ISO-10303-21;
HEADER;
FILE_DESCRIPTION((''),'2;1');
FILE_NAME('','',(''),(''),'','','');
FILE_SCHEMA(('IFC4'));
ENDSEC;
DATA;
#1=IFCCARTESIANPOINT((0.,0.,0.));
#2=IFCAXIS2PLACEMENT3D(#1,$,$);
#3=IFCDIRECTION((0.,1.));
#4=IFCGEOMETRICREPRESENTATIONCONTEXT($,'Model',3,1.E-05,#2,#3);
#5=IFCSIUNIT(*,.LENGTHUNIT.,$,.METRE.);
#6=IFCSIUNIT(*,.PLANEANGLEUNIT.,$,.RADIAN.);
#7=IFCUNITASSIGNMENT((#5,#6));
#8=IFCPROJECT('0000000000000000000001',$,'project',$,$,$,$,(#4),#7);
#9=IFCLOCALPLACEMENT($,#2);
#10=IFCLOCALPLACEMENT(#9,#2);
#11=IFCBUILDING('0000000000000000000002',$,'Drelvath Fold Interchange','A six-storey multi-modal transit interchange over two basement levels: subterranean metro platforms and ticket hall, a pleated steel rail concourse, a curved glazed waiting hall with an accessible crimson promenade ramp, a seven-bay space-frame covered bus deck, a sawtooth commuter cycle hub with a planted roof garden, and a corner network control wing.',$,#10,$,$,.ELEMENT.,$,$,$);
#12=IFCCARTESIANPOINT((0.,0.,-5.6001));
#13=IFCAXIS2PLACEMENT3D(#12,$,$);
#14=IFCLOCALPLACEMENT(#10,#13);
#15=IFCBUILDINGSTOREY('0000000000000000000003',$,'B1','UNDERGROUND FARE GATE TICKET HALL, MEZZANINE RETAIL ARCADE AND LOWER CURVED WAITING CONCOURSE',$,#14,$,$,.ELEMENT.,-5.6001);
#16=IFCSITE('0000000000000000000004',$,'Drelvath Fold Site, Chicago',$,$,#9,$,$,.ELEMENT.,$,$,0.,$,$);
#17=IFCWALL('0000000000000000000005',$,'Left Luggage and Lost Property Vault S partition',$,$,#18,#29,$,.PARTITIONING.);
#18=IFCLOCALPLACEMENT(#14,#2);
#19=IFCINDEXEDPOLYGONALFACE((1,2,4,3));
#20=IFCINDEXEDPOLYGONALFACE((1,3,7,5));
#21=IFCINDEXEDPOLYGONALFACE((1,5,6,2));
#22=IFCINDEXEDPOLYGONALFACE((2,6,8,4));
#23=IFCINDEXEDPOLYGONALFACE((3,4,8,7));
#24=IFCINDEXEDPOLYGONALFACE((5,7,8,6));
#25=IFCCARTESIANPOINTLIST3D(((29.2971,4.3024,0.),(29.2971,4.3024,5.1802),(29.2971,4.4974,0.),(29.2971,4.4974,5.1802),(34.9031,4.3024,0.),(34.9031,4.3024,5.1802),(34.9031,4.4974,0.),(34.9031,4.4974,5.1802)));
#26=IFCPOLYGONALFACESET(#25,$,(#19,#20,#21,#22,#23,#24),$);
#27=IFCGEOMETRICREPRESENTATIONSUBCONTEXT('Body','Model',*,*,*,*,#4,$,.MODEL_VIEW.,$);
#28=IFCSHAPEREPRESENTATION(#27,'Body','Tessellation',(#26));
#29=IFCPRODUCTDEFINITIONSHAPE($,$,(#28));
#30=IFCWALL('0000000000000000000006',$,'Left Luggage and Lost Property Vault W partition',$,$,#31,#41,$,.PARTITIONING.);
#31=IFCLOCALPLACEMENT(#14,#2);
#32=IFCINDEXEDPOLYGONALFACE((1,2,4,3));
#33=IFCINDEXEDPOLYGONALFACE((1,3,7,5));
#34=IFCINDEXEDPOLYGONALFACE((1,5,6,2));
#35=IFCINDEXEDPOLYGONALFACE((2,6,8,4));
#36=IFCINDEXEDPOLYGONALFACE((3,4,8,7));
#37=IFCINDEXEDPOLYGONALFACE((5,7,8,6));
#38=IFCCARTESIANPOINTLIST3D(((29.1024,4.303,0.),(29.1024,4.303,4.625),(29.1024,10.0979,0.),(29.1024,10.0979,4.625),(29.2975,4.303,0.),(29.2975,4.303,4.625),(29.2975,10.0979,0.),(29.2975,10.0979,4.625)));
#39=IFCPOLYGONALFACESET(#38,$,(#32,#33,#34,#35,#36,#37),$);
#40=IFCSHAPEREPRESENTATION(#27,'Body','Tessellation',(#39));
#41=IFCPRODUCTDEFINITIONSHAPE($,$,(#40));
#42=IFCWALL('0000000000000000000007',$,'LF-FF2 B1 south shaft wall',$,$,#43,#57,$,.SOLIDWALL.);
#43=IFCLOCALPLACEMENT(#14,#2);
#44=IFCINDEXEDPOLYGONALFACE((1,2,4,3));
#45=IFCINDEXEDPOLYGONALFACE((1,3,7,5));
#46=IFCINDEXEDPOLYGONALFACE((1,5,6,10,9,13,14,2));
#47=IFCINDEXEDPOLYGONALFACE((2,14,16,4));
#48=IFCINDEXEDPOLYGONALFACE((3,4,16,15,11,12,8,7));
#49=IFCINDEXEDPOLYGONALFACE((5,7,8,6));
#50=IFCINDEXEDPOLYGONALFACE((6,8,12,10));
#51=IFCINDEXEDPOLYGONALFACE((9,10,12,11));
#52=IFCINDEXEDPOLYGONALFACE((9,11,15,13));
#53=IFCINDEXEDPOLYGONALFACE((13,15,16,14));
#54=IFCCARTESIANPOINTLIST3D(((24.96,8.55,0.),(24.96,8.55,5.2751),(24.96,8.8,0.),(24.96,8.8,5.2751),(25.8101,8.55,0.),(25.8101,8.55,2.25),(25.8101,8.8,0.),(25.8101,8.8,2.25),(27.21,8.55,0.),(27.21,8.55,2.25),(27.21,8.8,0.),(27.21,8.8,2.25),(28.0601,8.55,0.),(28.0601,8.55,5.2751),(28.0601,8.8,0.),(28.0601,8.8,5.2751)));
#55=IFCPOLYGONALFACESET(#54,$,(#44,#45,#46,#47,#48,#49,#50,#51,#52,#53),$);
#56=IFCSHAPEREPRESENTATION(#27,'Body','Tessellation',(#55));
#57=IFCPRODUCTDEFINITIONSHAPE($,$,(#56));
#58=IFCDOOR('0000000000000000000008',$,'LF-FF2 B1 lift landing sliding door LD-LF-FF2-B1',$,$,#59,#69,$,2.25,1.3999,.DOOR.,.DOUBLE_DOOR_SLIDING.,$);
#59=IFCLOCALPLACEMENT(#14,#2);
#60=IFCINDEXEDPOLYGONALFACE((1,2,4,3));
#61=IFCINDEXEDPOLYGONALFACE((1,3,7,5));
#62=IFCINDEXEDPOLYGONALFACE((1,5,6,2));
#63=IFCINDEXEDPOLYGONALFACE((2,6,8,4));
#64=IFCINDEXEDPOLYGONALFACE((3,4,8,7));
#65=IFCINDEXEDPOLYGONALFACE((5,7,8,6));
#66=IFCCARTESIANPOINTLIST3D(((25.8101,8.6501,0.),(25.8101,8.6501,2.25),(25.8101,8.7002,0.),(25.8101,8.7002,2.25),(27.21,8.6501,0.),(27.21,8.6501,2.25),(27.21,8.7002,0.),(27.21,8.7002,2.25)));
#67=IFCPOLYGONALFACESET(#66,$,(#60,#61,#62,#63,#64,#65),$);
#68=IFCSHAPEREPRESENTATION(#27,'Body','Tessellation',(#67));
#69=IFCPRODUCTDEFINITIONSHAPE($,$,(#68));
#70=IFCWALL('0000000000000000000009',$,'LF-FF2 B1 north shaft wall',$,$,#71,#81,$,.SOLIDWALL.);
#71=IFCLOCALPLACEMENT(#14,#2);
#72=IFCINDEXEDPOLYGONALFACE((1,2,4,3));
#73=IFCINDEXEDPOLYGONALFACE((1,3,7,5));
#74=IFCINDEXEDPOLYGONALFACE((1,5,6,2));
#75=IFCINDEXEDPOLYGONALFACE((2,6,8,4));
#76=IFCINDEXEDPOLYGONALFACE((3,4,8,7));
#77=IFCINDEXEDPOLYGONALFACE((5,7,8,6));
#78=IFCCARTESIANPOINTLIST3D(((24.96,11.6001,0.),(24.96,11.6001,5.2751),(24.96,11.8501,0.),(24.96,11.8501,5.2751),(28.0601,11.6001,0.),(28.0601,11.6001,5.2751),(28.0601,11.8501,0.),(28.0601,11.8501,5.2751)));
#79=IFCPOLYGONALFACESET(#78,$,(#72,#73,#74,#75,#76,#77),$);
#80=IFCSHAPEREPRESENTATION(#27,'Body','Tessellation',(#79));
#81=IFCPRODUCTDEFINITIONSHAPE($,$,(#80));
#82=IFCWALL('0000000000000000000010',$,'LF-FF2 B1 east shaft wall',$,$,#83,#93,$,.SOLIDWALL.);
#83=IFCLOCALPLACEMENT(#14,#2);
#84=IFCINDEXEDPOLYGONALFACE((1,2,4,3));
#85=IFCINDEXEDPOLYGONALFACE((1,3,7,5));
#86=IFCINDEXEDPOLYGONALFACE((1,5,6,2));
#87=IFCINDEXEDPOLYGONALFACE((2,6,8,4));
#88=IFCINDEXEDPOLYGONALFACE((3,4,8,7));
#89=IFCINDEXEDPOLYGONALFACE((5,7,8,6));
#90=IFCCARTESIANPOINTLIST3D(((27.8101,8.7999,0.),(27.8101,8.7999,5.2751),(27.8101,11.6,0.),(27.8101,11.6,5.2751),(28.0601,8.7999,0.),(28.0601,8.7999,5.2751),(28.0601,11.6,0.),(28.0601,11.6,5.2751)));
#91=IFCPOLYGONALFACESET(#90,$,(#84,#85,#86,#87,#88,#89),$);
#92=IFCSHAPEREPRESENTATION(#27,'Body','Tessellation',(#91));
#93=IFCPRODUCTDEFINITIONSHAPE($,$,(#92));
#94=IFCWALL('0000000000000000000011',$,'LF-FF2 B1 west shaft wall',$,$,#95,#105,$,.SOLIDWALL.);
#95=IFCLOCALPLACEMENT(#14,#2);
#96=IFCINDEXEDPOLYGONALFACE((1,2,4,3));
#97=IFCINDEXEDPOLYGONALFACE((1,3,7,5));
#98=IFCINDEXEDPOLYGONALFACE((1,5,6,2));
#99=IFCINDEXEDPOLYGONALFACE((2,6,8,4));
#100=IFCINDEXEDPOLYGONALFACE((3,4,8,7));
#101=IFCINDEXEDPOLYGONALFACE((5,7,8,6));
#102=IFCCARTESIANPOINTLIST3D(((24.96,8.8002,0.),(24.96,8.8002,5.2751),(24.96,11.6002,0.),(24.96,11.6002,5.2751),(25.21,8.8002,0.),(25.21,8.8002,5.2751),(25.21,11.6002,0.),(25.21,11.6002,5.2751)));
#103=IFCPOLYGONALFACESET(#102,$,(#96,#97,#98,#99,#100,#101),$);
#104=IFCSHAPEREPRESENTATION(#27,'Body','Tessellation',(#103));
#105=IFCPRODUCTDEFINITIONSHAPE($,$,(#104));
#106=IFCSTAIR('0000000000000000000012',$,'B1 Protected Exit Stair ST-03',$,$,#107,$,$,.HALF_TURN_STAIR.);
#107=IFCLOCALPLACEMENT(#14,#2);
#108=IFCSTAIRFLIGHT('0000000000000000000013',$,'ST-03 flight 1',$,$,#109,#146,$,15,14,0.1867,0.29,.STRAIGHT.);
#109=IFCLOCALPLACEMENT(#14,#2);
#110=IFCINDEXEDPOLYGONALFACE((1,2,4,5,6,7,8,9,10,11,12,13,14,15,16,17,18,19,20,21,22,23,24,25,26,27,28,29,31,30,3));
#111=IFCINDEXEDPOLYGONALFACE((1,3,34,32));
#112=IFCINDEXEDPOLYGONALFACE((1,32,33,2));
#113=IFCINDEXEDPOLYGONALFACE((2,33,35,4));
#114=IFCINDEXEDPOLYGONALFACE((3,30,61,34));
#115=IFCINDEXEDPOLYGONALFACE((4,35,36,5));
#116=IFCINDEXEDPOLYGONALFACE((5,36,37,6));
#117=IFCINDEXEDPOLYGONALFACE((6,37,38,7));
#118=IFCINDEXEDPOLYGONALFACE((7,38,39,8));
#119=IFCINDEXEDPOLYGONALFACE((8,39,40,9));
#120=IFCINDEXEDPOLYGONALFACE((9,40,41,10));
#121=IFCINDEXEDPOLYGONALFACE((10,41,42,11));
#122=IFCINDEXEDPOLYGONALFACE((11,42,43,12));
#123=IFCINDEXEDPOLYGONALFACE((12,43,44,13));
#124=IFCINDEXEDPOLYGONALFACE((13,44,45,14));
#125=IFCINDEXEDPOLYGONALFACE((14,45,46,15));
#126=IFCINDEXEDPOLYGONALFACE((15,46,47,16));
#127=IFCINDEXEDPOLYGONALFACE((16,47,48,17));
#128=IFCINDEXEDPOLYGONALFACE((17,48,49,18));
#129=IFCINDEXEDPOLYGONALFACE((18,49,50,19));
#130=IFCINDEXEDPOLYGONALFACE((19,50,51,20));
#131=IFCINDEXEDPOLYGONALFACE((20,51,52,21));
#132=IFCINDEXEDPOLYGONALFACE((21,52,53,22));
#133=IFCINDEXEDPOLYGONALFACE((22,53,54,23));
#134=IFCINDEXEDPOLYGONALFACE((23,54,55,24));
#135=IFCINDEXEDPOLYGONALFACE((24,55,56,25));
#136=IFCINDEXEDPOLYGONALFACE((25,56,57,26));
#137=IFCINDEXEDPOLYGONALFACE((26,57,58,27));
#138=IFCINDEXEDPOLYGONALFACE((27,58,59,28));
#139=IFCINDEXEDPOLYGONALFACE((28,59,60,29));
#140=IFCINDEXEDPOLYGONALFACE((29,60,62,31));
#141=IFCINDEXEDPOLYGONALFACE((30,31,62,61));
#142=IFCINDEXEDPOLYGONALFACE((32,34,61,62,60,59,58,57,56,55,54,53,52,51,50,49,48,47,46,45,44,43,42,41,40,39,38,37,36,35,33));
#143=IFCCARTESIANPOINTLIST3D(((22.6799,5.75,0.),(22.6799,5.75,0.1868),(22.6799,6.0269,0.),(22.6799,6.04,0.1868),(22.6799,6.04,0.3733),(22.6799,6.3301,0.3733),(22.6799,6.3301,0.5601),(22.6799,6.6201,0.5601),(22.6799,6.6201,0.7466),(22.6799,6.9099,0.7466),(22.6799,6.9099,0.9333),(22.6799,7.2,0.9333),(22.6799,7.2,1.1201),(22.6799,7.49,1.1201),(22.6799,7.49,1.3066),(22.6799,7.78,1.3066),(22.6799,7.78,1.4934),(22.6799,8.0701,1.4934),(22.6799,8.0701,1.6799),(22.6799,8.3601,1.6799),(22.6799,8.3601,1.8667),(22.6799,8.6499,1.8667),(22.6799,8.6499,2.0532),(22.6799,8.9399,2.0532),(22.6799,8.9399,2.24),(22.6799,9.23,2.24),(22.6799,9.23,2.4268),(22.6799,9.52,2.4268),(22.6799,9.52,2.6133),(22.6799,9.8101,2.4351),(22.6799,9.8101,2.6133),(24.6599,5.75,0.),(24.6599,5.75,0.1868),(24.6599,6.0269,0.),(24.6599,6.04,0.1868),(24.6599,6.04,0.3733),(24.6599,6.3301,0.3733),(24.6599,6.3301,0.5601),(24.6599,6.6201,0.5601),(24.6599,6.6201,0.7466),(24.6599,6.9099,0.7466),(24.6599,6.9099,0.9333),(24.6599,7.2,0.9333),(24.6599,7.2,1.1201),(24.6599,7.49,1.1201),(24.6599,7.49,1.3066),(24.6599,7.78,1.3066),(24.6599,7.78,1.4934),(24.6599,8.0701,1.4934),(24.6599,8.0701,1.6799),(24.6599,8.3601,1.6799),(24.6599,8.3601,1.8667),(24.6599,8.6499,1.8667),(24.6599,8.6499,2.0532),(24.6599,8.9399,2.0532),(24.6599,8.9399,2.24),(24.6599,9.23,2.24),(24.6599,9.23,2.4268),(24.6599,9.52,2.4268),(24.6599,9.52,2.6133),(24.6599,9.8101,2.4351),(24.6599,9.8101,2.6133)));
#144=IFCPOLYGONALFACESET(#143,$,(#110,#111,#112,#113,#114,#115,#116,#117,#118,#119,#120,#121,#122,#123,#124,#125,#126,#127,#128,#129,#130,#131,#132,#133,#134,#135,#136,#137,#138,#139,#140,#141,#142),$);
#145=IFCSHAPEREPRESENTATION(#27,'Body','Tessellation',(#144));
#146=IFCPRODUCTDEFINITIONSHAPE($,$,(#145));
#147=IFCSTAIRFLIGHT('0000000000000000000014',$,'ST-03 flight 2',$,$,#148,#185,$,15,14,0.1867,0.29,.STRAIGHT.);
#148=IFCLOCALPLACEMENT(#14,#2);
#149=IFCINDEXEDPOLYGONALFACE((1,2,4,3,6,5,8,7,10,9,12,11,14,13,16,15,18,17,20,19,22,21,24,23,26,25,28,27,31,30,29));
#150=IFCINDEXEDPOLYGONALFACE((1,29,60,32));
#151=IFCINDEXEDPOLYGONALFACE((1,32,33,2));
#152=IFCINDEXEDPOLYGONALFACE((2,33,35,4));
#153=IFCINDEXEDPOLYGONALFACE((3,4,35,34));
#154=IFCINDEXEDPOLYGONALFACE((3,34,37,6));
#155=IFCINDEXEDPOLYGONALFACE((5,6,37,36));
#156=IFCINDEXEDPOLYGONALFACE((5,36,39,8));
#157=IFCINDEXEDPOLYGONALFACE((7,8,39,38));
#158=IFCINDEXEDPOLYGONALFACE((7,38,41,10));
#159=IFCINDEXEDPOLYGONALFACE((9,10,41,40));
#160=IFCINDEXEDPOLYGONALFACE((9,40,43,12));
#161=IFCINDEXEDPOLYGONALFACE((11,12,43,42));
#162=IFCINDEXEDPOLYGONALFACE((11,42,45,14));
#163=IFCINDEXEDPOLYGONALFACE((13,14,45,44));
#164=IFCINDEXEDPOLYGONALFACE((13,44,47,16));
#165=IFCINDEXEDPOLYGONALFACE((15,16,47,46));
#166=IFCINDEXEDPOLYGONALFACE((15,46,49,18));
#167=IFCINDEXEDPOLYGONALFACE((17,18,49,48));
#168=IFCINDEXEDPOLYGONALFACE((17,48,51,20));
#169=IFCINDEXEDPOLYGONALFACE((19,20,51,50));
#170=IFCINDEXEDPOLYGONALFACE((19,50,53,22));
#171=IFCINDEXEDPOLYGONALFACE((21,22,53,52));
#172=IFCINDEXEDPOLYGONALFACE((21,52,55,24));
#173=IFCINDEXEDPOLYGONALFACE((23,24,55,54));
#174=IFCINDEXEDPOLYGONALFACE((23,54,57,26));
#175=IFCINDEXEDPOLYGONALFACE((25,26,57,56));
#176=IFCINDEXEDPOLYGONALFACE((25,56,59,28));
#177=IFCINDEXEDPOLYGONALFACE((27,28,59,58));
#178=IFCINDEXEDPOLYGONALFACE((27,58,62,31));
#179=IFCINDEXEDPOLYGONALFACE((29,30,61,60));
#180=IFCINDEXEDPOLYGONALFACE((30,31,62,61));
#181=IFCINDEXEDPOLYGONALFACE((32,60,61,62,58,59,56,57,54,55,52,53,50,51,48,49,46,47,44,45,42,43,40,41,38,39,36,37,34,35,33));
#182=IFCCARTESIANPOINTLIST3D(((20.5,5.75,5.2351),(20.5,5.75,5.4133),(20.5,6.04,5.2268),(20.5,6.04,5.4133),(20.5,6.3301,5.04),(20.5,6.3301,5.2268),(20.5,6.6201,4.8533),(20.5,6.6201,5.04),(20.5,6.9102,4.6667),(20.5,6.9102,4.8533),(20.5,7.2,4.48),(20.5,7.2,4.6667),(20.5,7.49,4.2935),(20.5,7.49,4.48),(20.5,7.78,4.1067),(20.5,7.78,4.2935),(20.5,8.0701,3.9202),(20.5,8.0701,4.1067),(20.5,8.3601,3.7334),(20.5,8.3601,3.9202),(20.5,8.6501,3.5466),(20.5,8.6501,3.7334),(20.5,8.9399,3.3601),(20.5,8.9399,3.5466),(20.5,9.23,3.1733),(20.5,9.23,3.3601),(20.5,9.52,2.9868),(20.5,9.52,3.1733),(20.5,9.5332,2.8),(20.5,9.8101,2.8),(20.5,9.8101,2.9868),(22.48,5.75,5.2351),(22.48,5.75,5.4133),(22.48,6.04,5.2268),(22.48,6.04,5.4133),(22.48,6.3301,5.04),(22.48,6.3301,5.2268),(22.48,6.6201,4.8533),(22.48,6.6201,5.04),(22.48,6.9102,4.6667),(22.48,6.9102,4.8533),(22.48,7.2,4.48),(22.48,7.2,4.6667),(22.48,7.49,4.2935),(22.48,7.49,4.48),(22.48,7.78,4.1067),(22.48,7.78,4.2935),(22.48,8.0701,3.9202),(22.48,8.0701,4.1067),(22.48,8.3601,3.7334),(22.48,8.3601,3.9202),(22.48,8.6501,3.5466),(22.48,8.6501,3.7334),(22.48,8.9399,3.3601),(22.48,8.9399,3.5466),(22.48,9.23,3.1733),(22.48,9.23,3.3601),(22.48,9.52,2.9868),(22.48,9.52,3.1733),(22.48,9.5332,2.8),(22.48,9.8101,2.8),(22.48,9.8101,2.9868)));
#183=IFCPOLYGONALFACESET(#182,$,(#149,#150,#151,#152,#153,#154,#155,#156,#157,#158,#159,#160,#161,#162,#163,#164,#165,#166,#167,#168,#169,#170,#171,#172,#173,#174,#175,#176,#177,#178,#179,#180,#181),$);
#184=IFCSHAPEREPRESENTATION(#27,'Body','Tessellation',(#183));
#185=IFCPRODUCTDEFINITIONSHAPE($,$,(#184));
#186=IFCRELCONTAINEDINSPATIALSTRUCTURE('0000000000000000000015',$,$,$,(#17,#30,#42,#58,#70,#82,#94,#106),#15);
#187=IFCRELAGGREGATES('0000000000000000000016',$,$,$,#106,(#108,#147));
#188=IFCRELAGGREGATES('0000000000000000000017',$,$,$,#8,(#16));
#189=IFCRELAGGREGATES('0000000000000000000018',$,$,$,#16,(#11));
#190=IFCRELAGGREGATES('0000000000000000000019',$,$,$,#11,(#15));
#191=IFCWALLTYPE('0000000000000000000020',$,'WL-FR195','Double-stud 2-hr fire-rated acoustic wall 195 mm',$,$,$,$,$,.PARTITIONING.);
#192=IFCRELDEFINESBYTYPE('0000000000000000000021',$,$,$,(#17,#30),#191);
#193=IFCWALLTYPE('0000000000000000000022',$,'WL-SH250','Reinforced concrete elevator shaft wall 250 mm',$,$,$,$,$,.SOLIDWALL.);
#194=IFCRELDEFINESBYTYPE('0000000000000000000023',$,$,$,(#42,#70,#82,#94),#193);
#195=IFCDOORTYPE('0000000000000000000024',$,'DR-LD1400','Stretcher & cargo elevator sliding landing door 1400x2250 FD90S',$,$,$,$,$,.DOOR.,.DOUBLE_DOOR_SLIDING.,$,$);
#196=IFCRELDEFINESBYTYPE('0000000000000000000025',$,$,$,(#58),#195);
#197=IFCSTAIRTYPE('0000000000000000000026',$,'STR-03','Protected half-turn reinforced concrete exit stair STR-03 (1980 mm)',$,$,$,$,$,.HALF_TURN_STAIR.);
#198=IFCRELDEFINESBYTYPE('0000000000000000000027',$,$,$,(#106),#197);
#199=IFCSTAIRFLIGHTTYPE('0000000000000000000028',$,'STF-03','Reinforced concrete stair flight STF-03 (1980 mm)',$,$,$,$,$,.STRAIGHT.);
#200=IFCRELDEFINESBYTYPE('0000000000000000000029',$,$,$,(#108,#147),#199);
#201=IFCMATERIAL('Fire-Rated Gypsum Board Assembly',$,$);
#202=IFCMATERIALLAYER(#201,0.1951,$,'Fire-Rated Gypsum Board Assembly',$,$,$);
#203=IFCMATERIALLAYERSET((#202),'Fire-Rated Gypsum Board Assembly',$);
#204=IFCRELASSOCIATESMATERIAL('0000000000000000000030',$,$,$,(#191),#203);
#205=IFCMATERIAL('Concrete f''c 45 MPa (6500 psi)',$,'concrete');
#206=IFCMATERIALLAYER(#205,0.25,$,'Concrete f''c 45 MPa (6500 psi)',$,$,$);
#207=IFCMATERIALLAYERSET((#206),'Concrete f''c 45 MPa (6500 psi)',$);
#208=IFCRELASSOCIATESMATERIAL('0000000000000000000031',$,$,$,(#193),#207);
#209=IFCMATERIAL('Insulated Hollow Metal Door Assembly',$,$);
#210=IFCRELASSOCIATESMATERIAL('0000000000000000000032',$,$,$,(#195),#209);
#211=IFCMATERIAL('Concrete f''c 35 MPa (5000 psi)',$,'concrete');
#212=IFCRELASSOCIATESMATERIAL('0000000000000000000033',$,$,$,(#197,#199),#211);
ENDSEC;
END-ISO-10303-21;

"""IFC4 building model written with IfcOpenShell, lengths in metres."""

from ifc_helpers import new_model, si_unit, direction, frame, frame_2d, origin, place, context, subcontext, project, spatial, polyline, rectangle, outline, extrude, material, layer, layer_set, type_object, element, fill, aggregate, save


model = new_model("IFC4")

# Units and contexts
model_context = context("Model", 3, precision=1e-05, world=origin(), true_north=direction((0.0, 1.0)))
body_context = subcontext(model_context, "Body", "Model", "MODEL_VIEW")
ifc_project = project(units=[si_unit("LENGTHUNIT", "METRE"), si_unit("PLANEANGLEUNIT", "RADIAN")], contexts=[model_context])

# Site, building, storey
site_placement = place(None, origin())
site = spatial("IfcSite", under=ifc_project, at=site_placement, Name="Drelvath Fold Site, Chicago", CompositionType="ELEMENT", RefElevation=0.0)
building_placement = place(site_placement, origin())
building = spatial("IfcBuilding", under=site, at=building_placement, Name="Drelvath Fold Interchange", Description="A six-storey multi-modal transit interchange over two basement levels: subterranean metro platforms and ticket hall, a pleated steel rail concourse, a curved glazed waiting hall with an accessible crimson promenade ramp, a seven-bay space-frame covered bus deck, a sawtooth commuter cycle hub with a planted roof garden, and a corner network control wing.", CompositionType="ELEMENT")
storey_placement = place(building_placement, frame((0.0, 0.0, -5.6001)))
storey = spatial("IfcBuildingStorey", under=building, at=storey_placement, Name="B1", Description="UNDERGROUND FARE GATE TICKET HALL, MEZZANINE RETAIL ARCADE AND LOWER CURVED WAITING CONCOURSE", CompositionType="ELEMENT", Elevation=-5.6001)

# Shared definitions
ifc_material_1 = material(Name="Concrete f'c 45 MPa (6500 psi)", Category="concrete")

# Shared definitions
ifc_material_2 = material(Name="Insulated Hollow Metal Door Assembly")

# Walls
ifc_material_3 = material(Name="Fire-Rated Gypsum Board Assembly")
ifc_layer_1 = layer(ifc_material_3, 0.1951, Name="Fire-Rated Gypsum Board Assembly")
ifc_layer_set_1 = layer_set([ifc_layer_1], Name="Fire-Rated Gypsum Board Assembly")
wall_type_1 = type_object("IfcWallType", Name="WL-FR195", Description="Double-stud 2-hr fire-rated acoustic wall 195 mm", PredefinedType="PARTITIONING", material=ifc_layer_set_1)
wall_1_placement = place(storey_placement, frame((29.2971, 4.3999, 0.0), z_axis=(0.0, 0.0, 1.0), x_axis=(1.0, 0.0, 0.0)))
element("IfcWall", 1, at=wall_1_placement, inside=storey, type_object=wall_type_1, Name="Left Luggage and Lost Property Vault S partition", PredefinedType="PARTITIONING", context=body_context, shape_type="SweptSolid", body=[
    extrude(rectangle(XDim=5.606, YDim=0.1951, at=frame_2d((2.803, 0.0))), origin(), (0.0, 0.0, 1.0), 5.1802),
])
wall_2_placement = place(storey_placement, frame((29.2, 10.0979, 0.0), z_axis=(0.0, 0.0, 1.0), x_axis=(0.0, -1.0, 0.0)))
element("IfcWall", 2, at=wall_2_placement, inside=storey, type_object=wall_type_1, Name="Left Luggage and Lost Property Vault W partition", PredefinedType="PARTITIONING", context=body_context, shape_type="SweptSolid", body=[
    extrude(rectangle(XDim=5.7949, YDim=0.1951, at=frame_2d((2.8975, 0.0))), origin(), (0.0, 0.0, 1.0), 4.625),
])

# Wall, opening, door
ifc_layer_2 = layer(ifc_material_1, 0.25, Name="Concrete f'c 45 MPa (6500 psi)")
ifc_layer_set_2 = layer_set([ifc_layer_2], Name="Concrete f'c 45 MPa (6500 psi)")
wall_type_2 = type_object("IfcWallType", Name="WL-SH250", Description="Reinforced concrete elevator shaft wall 250 mm", PredefinedType="SOLIDWALL", material=ifc_layer_set_2)
wall_3_placement = place(storey_placement, frame((24.96, 8.675, 0.0), z_axis=(0.0, 0.0, 1.0), x_axis=(1.0, 0.0, 0.0)))
wall_3 = element("IfcWall", 3, at=wall_3_placement, inside=storey, type_object=wall_type_2, Name="LF-FF2 B1 south shaft wall", PredefinedType="SOLIDWALL", context=body_context, shape_type="SweptSolid", body=[
    extrude(rectangle(XDim=3.1001, YDim=0.25, at=frame_2d((1.55, 0.0))), origin(), (0.0, 0.0, 1.0), 5.2751),
])
opening_1_placement = place(wall_3_placement, frame((0.8501, 0.0, 0.0)))
opening_1 = element("IfcOpeningElement", 4, at=opening_1_placement, cuts=wall_3, PredefinedType="OPENING", context=body_context, shape_type="SweptSolid", body=[
    extrude(rectangle(XDim=1.3999, YDim=2.25, at=frame_2d((0.7, 1.125))), frame((0.0, 0.135, 0.0), z_axis=(0.0, -1.0, 0.0), x_axis=(1.0, 0.0, 0.0)), (0.0, 0.0, 1.0), 0.27),
])
door_type_1 = type_object("IfcDoorType", Name="DR-LD1400", Description="Stretcher & cargo elevator sliding landing door 1400x2250 FD90S", OperationType="DOUBLE_DOOR_SLIDING", PredefinedType="DOOR", material=ifc_material_2)
door_1_placement = place(opening_1_placement, frame((1.3999, 0.0, 0.0), z_axis=(0.0, 0.0, 1.0), x_axis=(-1.0, 0.0, 0.0)))
door_1 = element("IfcDoor", 5, at=door_1_placement, inside=storey, type_object=door_type_1, Name="LF-FF2 B1 lift landing sliding door LD-LF-FF2-B1", OperationType="DOUBLE_DOOR_SLIDING", OverallHeight=2.25, OverallWidth=1.3999, PredefinedType="DOOR", context=body_context, shape_type="SweptSolid", body=[
    extrude(rectangle(XDim=1.3999, YDim=2.25, at=frame_2d((0.7, 1.125))), frame((0.0, 0.0249, 0.0), z_axis=(0.0, -1.0, 0.0), x_axis=(1.0, 0.0, 0.0)), (0.0, 0.0, 1.0), 0.05),
])
fill(opening_1, door_1)

# Walls
wall_4_placement = place(storey_placement, frame((28.0601, 11.7251, 0.0), z_axis=(0.0, 0.0, 1.0), x_axis=(-1.0, 0.0, 0.0)))
element("IfcWall", 6, at=wall_4_placement, inside=storey, type_object=wall_type_2, Name="LF-FF2 B1 north shaft wall", PredefinedType="SOLIDWALL", context=body_context, shape_type="SweptSolid", body=[
    extrude(rectangle(XDim=3.1001, YDim=0.25, at=frame_2d((1.55, 0.0))), origin(), (0.0, 0.0, 1.0), 5.2751),
])
for number, where, z_axis, x_axis, name in (
    (7, (27.9351, 8.8, 0.0), (0.0, 0.0, 1.0), (0.0, 1.0, 0.0), "LF-FF2 B1 east shaft wall"),
    (8, (25.085, 11.6001, 0.0), (0.0, 0.0, 1.0), (0.0, -1.0, 0.0), "LF-FF2 B1 west shaft wall"),
):
    element("IfcWall", number, at=place(storey_placement, frame(where, z_axis=z_axis, x_axis=x_axis)), inside=storey, type_object=wall_type_2, Name=name, PredefinedType="SOLIDWALL", context=body_context, shape_type="SweptSolid", body=[
        extrude(rectangle(XDim=2.8, YDim=0.25, at=frame_2d((1.3999, 0.0))), origin(), (0.0, 0.0, 1.0), 5.2751),
    ])

# Stair, stair flights
ifc_material_4 = material(Name="Concrete f'c 35 MPa (5000 psi)", Category="concrete")
stair_type = type_object("IfcStairType", Name="STR-03", Description="Protected half-turn reinforced concrete exit stair STR-03 (1980 mm)", PredefinedType="HALF_TURN_STAIR", material=ifc_material_4)
stair_placement = place(storey_placement, origin())
stair = element("IfcStair", 9, at=stair_placement, inside=storey, type_object=stair_type, Name="B1 Protected Exit Stair ST-03", PredefinedType="HALF_TURN_STAIR")
stair_flight_type = type_object("IfcStairFlightType", Name="STF-03", Description="Reinforced concrete stair flight STF-03 (1980 mm)", PredefinedType="STRAIGHT", material=ifc_material_4)
stair_flight_1_placement = place(storey_placement, frame((23.6699, 5.75, 0.0), z_axis=(0.0, 0.0, 1.0), x_axis=(0.0, 1.0, 0.0)))
stair_flight_1 = element("IfcStairFlight", 10, at=stair_flight_1_placement, type_object=stair_flight_type, Name="ST-03 flight 1", NumberOfRisers=15, NumberOfTreads=14, PredefinedType="STRAIGHT", RiserHeight=0.1867, TreadLength=0.29, context=body_context, shape_type="SweptSolid", body=[
    extrude(outline(polyline([(0.0, 0.0), (0.0, 0.1868), (0.29, 0.1868), (0.29, 0.3733), (0.5801, 0.3733), (0.5801, 0.5601), (0.8701, 0.5601), (0.8701, 0.7466), (1.1599, 0.7466), (1.1599, 0.9333), (1.45, 0.9333), (1.45, 1.1201), (1.74, 1.1201), (1.74, 1.3066), (2.03, 1.3066), (2.03, 1.4934), (2.3201, 1.4934), (2.3201, 1.6799), (2.6101, 1.6799), (2.6101, 1.8667), (2.8999, 1.8667), (2.8999, 2.0532), (3.1899, 2.0532), (3.1899, 2.24), (3.48, 2.24), (3.48, 2.4268), (3.77, 2.4268), (3.77, 2.6133), (4.0601, 2.6133), (4.0601, 2.8), (4.0601, 2.4351), (0.2769, 0.0), (0.0, 0.0)])), frame((0.0, 0.99, 0.0), z_axis=(0.0, -1.0, 0.0), x_axis=(1.0, 0.0, 0.0)), (0.0, 0.0, 1.0), 1.98),
])
stair_flight_2_placement = place(storey_placement, frame((21.49, 9.8101, 2.8), z_axis=(0.0, 0.0, 1.0), x_axis=(0.0, -1.0, 0.0)))
stair_flight_2 = element("IfcStairFlight", 11, at=stair_flight_2_placement, type_object=stair_flight_type, Name="ST-03 flight 2", NumberOfRisers=15, NumberOfTreads=14, PredefinedType="STRAIGHT", RiserHeight=0.1867, TreadLength=0.29, context=body_context, shape_type="SweptSolid", body=[
    extrude(outline(polyline([(0.0, 0.0), (0.0, 0.1868), (0.29, 0.1868), (0.29, 0.3733), (0.5801, 0.3733), (0.5801, 0.5601), (0.8701, 0.5601), (0.8701, 0.7466), (1.1599, 0.7466), (1.1599, 0.9333), (1.45, 0.9333), (1.45, 1.1201), (1.74, 1.1201), (1.74, 1.3066), (2.03, 1.3066), (2.03, 1.4934), (2.3201, 1.4934), (2.3201, 1.6799), (2.6101, 1.6799), (2.6101, 1.8667), (2.8999, 1.8667), (2.8999, 2.0532), (3.1899, 2.0532), (3.1899, 2.24), (3.48, 2.24), (3.48, 2.4268), (3.77, 2.4268), (3.77, 2.6133), (4.0601, 2.6133), (4.0601, 2.8), (4.0601, 2.4351), (0.2769, 0.0), (0.0, 0.0)])), frame((0.0, 0.99, 0.0), z_axis=(0.0, -1.0, 0.0), x_axis=(1.0, 0.0, 0.0)), (0.0, 0.0, 1.0), 1.98),
])
aggregate(stair, [stair_flight_1, stair_flight_2])

save(model, "model.ifc")
